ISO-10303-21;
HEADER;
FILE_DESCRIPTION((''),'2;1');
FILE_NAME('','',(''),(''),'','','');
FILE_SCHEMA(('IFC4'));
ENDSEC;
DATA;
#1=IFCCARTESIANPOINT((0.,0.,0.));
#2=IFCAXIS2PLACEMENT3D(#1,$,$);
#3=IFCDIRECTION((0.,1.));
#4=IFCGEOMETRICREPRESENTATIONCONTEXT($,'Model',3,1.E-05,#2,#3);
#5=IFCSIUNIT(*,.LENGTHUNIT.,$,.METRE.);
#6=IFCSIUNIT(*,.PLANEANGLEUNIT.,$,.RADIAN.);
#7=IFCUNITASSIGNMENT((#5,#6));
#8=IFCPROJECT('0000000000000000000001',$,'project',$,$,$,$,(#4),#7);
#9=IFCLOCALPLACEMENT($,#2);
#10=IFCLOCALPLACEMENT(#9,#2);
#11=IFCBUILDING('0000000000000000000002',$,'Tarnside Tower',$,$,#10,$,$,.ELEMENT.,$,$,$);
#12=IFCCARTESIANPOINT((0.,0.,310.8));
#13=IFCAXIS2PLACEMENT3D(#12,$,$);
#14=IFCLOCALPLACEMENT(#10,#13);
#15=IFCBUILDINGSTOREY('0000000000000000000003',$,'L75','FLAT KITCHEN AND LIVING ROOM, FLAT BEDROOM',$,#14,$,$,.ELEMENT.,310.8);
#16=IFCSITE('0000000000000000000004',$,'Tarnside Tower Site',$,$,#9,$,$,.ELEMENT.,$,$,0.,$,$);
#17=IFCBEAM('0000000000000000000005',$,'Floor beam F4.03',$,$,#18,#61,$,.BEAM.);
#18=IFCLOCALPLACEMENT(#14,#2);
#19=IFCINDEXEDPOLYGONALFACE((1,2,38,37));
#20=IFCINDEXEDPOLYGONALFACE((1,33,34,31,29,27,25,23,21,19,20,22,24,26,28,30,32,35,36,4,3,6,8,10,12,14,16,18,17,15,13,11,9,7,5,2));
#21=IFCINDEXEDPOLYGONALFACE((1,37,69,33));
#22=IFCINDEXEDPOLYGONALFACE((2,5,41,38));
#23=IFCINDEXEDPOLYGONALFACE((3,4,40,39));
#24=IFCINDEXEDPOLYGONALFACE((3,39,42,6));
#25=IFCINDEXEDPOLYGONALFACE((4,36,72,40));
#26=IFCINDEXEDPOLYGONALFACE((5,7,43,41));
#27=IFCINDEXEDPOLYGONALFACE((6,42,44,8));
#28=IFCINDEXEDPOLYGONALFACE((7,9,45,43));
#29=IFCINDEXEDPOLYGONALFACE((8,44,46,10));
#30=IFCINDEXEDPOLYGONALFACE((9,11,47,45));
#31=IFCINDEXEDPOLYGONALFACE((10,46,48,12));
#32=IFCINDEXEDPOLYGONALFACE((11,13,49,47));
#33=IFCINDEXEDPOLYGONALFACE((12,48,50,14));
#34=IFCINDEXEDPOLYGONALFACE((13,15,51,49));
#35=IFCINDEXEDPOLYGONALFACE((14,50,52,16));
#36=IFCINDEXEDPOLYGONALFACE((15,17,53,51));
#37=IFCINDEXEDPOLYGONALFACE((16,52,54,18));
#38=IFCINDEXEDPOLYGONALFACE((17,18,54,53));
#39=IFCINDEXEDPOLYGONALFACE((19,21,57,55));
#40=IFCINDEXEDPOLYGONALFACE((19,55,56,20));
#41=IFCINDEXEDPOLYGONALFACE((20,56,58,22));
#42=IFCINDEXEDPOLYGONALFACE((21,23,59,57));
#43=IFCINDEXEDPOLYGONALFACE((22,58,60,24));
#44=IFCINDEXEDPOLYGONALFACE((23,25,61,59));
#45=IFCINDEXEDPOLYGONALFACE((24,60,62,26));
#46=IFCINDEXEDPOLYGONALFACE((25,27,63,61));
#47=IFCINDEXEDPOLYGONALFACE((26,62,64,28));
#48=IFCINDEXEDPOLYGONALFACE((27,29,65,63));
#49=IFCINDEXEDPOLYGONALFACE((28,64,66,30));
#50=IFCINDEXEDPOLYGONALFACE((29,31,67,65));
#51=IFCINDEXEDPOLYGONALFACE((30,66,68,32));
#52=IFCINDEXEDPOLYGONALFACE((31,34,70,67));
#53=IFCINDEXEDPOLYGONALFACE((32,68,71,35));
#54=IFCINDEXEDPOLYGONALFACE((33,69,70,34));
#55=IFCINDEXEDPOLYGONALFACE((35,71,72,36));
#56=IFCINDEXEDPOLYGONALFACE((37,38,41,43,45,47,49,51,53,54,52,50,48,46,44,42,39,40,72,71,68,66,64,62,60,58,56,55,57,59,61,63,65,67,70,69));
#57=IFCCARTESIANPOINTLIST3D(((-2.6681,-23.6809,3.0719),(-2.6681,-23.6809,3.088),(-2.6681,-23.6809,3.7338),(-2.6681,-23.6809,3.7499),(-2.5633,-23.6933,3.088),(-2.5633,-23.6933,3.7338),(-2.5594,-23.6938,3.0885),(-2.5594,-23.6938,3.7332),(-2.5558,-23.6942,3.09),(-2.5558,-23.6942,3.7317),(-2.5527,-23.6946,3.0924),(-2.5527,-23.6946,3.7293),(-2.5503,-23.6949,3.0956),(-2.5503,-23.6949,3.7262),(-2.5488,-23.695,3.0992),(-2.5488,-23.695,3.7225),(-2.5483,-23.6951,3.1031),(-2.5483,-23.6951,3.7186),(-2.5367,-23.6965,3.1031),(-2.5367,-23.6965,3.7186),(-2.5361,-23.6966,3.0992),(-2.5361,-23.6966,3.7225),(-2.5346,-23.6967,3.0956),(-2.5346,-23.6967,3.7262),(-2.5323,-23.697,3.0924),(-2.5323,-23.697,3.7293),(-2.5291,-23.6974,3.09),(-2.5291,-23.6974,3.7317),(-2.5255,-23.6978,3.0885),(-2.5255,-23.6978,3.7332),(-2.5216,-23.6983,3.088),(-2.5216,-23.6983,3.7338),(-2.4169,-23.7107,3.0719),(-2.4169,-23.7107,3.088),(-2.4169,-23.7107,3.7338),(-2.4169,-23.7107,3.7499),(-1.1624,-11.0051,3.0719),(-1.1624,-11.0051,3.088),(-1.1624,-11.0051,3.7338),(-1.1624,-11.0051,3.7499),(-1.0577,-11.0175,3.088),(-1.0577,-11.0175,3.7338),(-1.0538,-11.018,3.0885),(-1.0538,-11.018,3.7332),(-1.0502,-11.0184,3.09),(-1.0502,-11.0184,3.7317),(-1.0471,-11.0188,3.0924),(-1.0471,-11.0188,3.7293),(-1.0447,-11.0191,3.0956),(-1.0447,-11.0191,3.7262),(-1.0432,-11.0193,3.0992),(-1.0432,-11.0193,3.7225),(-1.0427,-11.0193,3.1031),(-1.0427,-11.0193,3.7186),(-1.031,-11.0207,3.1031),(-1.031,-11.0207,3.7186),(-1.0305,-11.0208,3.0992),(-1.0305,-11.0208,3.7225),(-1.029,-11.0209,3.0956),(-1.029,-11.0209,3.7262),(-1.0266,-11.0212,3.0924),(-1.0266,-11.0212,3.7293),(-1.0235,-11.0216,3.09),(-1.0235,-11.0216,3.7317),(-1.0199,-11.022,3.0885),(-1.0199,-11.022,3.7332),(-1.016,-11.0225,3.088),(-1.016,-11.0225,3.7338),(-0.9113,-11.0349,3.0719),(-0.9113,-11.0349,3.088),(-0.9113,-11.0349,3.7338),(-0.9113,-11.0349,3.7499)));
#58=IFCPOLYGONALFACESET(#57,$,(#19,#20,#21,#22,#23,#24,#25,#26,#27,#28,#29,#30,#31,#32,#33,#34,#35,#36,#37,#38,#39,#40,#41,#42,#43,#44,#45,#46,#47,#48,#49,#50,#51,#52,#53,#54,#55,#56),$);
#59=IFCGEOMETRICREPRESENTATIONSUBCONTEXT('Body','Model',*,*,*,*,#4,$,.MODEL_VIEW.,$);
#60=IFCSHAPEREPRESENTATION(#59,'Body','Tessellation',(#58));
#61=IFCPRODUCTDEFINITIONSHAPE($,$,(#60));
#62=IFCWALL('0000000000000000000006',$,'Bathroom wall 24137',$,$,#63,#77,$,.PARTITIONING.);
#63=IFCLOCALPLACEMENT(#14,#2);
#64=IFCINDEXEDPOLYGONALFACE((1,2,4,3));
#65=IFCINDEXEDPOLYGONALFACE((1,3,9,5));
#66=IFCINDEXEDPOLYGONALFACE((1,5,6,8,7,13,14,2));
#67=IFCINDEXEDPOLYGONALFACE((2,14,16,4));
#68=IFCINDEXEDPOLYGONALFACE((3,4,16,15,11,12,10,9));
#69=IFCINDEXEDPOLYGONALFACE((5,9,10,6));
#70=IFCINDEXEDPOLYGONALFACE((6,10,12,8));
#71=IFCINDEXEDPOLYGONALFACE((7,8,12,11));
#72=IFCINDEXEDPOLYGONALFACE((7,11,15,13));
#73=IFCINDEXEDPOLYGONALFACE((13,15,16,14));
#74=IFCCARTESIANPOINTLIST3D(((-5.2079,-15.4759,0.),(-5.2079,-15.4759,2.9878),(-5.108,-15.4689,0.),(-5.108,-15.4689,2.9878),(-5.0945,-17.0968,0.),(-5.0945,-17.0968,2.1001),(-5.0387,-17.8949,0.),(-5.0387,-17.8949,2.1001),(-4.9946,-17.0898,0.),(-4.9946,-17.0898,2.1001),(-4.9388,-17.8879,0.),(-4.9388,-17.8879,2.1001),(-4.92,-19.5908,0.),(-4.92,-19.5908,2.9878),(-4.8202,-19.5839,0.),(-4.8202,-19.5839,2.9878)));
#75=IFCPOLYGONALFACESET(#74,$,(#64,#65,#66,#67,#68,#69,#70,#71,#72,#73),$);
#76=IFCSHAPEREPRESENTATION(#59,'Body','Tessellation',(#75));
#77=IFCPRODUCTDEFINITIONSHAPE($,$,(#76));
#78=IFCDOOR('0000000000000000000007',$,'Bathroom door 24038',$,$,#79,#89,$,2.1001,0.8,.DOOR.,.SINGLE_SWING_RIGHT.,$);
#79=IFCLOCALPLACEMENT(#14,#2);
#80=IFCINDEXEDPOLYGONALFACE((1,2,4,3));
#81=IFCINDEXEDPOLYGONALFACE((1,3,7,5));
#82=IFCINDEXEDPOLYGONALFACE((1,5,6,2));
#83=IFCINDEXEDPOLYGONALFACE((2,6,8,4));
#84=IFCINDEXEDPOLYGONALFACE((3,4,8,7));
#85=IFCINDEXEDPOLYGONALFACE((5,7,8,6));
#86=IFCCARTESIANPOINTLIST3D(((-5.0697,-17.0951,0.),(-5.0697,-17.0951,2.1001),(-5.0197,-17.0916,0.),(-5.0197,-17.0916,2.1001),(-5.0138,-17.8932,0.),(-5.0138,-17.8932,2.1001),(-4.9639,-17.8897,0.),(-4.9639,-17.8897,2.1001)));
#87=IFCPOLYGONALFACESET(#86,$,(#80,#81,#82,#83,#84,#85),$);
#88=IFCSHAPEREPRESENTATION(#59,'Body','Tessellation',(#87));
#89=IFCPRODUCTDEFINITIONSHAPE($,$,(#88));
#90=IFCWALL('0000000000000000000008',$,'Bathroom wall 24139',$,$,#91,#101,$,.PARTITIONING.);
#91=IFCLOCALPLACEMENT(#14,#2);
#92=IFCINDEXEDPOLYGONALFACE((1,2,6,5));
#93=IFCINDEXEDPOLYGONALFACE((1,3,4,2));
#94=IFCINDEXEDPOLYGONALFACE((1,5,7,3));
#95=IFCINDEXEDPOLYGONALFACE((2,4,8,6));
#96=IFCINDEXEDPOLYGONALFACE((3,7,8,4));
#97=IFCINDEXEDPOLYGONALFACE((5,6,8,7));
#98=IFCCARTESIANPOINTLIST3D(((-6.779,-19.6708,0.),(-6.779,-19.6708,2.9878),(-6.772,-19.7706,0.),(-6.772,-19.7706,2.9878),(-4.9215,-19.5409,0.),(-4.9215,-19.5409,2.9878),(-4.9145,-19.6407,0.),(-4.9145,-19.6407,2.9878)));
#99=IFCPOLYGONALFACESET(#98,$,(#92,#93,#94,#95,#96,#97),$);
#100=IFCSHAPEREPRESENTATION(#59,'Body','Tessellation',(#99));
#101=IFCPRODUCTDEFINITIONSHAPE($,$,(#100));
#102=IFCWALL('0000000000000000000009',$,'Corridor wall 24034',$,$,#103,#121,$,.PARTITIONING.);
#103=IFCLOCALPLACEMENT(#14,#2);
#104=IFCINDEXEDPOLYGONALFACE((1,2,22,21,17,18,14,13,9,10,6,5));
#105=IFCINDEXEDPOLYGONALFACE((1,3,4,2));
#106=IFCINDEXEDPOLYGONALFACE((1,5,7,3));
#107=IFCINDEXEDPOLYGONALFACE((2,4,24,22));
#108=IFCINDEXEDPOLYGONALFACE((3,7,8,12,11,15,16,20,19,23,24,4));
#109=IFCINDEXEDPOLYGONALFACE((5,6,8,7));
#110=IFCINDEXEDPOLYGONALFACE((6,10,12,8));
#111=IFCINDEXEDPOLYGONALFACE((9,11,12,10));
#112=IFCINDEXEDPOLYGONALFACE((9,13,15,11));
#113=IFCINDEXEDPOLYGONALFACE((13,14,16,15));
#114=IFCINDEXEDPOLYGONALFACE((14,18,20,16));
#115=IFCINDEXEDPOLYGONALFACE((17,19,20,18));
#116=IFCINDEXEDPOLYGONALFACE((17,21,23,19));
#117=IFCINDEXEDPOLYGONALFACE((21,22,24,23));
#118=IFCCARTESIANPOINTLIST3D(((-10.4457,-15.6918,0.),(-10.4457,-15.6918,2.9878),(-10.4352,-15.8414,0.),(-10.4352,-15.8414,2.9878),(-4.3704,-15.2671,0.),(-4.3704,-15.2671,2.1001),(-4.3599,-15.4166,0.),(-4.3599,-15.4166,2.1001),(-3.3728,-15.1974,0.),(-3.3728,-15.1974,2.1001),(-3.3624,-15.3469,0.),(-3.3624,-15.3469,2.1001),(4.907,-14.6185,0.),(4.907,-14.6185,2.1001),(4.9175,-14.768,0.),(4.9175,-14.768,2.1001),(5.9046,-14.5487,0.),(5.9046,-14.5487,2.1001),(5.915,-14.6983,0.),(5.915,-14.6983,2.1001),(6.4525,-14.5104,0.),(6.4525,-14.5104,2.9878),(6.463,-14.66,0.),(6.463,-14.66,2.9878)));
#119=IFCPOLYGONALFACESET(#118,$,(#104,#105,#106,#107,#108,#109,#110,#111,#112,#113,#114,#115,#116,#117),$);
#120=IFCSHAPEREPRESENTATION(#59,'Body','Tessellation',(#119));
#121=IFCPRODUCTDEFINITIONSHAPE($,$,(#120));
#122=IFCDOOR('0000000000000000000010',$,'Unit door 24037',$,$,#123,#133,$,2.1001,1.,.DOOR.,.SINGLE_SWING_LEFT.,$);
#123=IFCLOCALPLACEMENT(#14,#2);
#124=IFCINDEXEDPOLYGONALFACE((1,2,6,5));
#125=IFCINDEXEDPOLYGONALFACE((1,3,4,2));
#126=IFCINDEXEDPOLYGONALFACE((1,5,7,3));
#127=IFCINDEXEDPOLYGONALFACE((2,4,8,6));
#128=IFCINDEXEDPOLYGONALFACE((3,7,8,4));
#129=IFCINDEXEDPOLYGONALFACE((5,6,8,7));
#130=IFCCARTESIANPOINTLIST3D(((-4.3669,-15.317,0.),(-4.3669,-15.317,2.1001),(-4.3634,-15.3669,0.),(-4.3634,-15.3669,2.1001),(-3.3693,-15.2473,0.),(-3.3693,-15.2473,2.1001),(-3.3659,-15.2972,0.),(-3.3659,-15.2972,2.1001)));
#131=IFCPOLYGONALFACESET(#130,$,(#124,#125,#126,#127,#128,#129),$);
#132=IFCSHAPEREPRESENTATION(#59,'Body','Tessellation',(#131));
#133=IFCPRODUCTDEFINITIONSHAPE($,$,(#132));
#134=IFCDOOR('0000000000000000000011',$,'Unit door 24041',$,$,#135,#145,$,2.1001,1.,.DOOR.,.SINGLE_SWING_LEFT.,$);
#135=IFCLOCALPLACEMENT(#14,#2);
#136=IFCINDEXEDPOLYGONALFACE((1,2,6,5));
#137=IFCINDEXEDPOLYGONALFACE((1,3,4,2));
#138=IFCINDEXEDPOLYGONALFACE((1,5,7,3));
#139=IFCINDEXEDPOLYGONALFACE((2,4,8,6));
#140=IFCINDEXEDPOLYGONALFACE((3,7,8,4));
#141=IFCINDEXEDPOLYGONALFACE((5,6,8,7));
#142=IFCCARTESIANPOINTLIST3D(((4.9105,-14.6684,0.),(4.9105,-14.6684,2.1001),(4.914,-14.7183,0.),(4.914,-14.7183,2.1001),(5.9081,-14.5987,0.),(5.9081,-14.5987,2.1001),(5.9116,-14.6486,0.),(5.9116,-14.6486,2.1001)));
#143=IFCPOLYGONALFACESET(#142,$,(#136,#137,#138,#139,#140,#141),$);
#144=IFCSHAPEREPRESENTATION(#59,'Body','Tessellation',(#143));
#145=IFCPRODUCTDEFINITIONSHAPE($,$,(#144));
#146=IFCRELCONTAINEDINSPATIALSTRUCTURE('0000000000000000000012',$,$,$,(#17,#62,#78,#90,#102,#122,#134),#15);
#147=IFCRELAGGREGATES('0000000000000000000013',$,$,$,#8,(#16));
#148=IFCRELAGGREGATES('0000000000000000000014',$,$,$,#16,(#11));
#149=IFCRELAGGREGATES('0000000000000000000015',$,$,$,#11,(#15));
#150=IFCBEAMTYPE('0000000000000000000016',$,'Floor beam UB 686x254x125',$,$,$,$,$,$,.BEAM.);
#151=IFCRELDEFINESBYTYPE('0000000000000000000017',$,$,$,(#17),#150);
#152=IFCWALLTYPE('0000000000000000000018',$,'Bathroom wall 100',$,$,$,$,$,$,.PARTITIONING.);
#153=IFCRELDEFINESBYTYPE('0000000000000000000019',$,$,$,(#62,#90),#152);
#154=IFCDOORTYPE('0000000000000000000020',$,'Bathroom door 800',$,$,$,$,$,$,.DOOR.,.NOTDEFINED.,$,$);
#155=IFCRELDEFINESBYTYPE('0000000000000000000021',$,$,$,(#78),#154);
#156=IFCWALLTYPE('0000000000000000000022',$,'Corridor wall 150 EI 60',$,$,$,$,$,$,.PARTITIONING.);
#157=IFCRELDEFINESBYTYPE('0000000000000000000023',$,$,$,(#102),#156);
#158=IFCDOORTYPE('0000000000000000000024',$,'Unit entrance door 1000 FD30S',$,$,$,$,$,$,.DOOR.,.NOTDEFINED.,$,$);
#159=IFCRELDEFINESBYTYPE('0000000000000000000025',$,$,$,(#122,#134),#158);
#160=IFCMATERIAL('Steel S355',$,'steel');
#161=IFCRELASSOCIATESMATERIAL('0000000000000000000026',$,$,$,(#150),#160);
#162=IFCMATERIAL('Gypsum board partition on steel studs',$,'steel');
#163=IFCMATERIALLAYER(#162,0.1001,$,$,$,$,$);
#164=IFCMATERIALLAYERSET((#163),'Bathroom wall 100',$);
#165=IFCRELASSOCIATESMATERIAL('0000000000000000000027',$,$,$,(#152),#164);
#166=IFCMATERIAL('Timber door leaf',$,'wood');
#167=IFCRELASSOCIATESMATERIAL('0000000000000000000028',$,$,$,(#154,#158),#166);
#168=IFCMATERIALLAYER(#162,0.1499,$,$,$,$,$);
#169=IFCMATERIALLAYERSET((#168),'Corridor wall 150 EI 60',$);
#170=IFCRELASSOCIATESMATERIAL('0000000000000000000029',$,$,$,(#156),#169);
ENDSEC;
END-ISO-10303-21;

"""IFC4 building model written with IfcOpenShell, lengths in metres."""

from ifc_helpers import new_model, si_unit, direction, frame, frame_2d, origin, origin_2d, place, context, subcontext, project, spatial, rectangle, i_section, extrude, material, layer, layer_set, material_profile, profile_set, type_object, element, fill, save


model = new_model("IFC4")

# Units and contexts
model_context = context("Model", 3, precision=1e-05, world=origin(), true_north=direction((0.0, 1.0)))
body_context = subcontext(model_context, "Body", "Model", "MODEL_VIEW")
ifc_project = project(units=[si_unit("LENGTHUNIT", "METRE"), si_unit("PLANEANGLEUNIT", "RADIAN")], contexts=[model_context])

# Site, building, storey
site_placement = place(None, origin())
site = spatial("IfcSite", under=ifc_project, at=site_placement, Name="Tarnside Tower Site", CompositionType="ELEMENT", RefElevation=0.0)
building_placement = place(site_placement, origin())
building = spatial("IfcBuilding", under=site, at=building_placement, Name="Tarnside Tower", CompositionType="ELEMENT")
storey_placement = place(building_placement, frame((0.0, 0.0, 310.8)))
storey = spatial("IfcBuildingStorey", under=building, at=storey_placement, Name="L75", Description="FLAT KITCHEN AND LIVING ROOM, FLAT BEDROOM", CompositionType="ELEMENT", Elevation=310.8)

# Beam
ifc_material_1 = material(Name="Steel S355", Category="steel")
ifc_material_profile = material_profile(ifc_material_1, i_section(OverallWidth=0.2529, OverallDepth=0.678, WebThickness=0.0117, FlangeThickness=0.0161, FilletRadius=0.0151, at=origin_2d()), Name="UB 686x254x125")
ifc_profile_set = profile_set([ifc_material_profile], Name="Steel S355")
beam_type = type_object("IfcBeamType", Name="Floor beam UB 686x254x125", PredefinedType="BEAM", material=ifc_profile_set)
beam_placement = place(storey_placement, frame((-2.5425, -23.6958, 3.4109), z_axis=(0.11795, 0.99302, 0.0), x_axis=(-0.99302, 0.11795, 0.0)))
element("IfcBeam", 1, at=beam_placement, inside=storey, type_object=beam_type, Name="Floor beam F4.03", PredefinedType="BEAM", context=body_context, shape_type="SweptSolid", body=[
    extrude(i_section(OverallWidth=0.2529, OverallDepth=0.678, WebThickness=0.0117, FlangeThickness=0.0161, FilletRadius=0.0151, at=origin_2d()), origin(), (0.0, 0.0, 1.0), 12.7649),
])

# Wall, opening, door
ifc_material_2 = material(Name="Gypsum board partition on steel studs", Category="steel")
ifc_layer_1 = layer(ifc_material_2, 0.1001)
ifc_layer_set_1 = layer_set([ifc_layer_1], Name="Bathroom wall 100")
wall_type_1 = type_object("IfcWallType", Name="Bathroom wall 100", PredefinedType="PARTITIONING", material=ifc_layer_set_1)
wall_1_placement = place(storey_placement, frame((-5.158, -15.4724, 0.0), z_axis=(0.0, 0.0, 1.0), x_axis=(0.069779, -0.997562, 0.0)))
wall_1 = element("IfcWall", 2, at=wall_1_placement, inside=storey, type_object=wall_type_1, Name="Bathroom wall 24137", PredefinedType="PARTITIONING", context=body_context, shape_type="SweptSolid", body=[
    extrude(rectangle(XDim=4.125, YDim=0.1001, at=frame_2d((2.0625, 0.0))), origin(), (0.0, 0.0, 1.0), 2.9878),
])
opening_1_placement = place(wall_1_placement, frame((1.625, 0.0, 0.0)))
opening_1 = element("IfcOpeningElement", 3, at=opening_1_placement, cuts=wall_1, PredefinedType="OPENING", context=body_context, shape_type="SweptSolid", body=[
    extrude(rectangle(XDim=0.8, YDim=2.1001, at=frame_2d((0.3999, 1.05))), frame((0.0, 0.0601, 0.0), z_axis=(0.0, -1.0, 0.0), x_axis=(1.0, 0.0, 0.0)), (0.0, 0.0, 1.0), 0.1201),
])
ifc_material_3 = material(Name="Timber door leaf", Category="wood")
door_type_1 = type_object("IfcDoorType", Name="Bathroom door 800", OperationType="NOTDEFINED", PredefinedType="DOOR", material=ifc_material_3)
door_1_placement = place(opening_1_placement, origin())
door_1 = element("IfcDoor", 4, at=door_1_placement, inside=storey, type_object=door_type_1, Name="Bathroom door 24038", OperationType="SINGLE_SWING_RIGHT", OverallHeight=2.1001, OverallWidth=0.8, PredefinedType="DOOR", context=body_context, shape_type="SweptSolid", body=[
    extrude(rectangle(XDim=0.8, YDim=2.1001, at=frame_2d((0.3999, 1.05))), frame((0.0, 0.0249, 0.0), z_axis=(0.0, -1.0, 0.0), x_axis=(1.0, 0.0, 0.0)), (0.0, 0.0, 1.0), 0.05),
])
fill(opening_1, door_1)

# Wall
wall_2_placement = place(storey_placement, frame((-6.7756, -19.7207, 0.0), z_axis=(0.0, 0.0, 1.0), x_axis=(0.997564, 0.069756, 0.0)))
element("IfcWall", 5, at=wall_2_placement, inside=storey, type_object=wall_type_1, Name="Bathroom wall 24139", PredefinedType="PARTITIONING", context=body_context, shape_type="SweptSolid", body=[
    extrude(rectangle(XDim=1.8621, YDim=0.1001, at=frame_2d((0.9312, 0.0))), origin(), (0.0, 0.0, 1.0), 2.9878),
])

# Wall, openings, doors
ifc_layer_2 = layer(ifc_material_2, 0.1499)
ifc_layer_set_2 = layer_set([ifc_layer_2], Name="Corridor wall 150 EI 60")
wall_type_2 = type_object("IfcWallType", Name="Corridor wall 150 EI 60", PredefinedType="PARTITIONING", material=ifc_layer_set_2)
wall_3_placement = place(storey_placement, frame((-10.4404, -15.7666, 0.0), z_axis=(0.0, 0.0, 1.0), x_axis=(0.997565, 0.069742, 0.0)))
wall_3 = element("IfcWall", 6, at=wall_3_placement, inside=storey, type_object=wall_type_2, Name="Corridor wall 24034", PredefinedType="PARTITIONING", context=body_context, shape_type="SweptSolid", body=[
    extrude(rectangle(XDim=16.9395, YDim=0.1499, at=frame_2d((8.4697, 0.0))), origin(), (0.0, 0.0, 1.0), 2.9878),
])
opening_2_placement = place(wall_3_placement, frame((6.0901, 0.0, 0.0)))
opening_2 = element("IfcOpeningElement", 7, at=opening_2_placement, cuts=wall_3, PredefinedType="OPENING", context=body_context, shape_type="SweptSolid", body=[
    extrude(rectangle(XDim=1.0, YDim=2.1001, at=frame_2d((0.5, 1.05))), frame((0.0, 0.085, 0.0), z_axis=(0.0, -1.0, 0.0), x_axis=(1.0, 0.0, 0.0)), (0.0, 0.0, 1.0), 0.1699),
])
opening_3_placement = place(wall_3_placement, frame((15.3901, 0.0, 0.0)))
opening_3 = element("IfcOpeningElement", 8, at=opening_3_placement, cuts=wall_3, PredefinedType="OPENING", context=body_context, shape_type="SweptSolid", body=[
    extrude(rectangle(XDim=1.0, YDim=2.1001, at=frame_2d((0.5, 1.05))), frame((0.0, 0.085, 0.0), z_axis=(0.0, -1.0, 0.0), x_axis=(1.0, 0.0, 0.0)), (0.0, 0.0, 1.0), 0.1699),
])
door_type_2 = type_object("IfcDoorType", Name="Unit entrance door 1000 FD30S", OperationType="NOTDEFINED", PredefinedType="DOOR", material=ifc_material_3)
door_2_placement = place(opening_2_placement, origin())
door_2 = element("IfcDoor", 9, at=door_2_placement, inside=storey, type_object=door_type_2, Name="Unit door 24037", OperationType="SINGLE_SWING_LEFT", OverallHeight=2.1001, OverallWidth=1.0, PredefinedType="DOOR", context=body_context, shape_type="SweptSolid", body=[
    extrude(rectangle(XDim=1.0, YDim=2.1001, at=frame_2d((0.5, 1.05))), frame((0.0, 0.0249, 0.0), z_axis=(0.0, -1.0, 0.0), x_axis=(1.0, 0.0, 0.0)), (0.0, 0.0, 1.0), 0.05),
])
fill(opening_2, door_2)
door_3_placement = place(opening_3_placement, origin())
door_3 = element("IfcDoor", 10, at=door_3_placement, inside=storey, type_object=door_type_2, Name="Unit door 24041", OperationType="SINGLE_SWING_LEFT", OverallHeight=2.1001, OverallWidth=1.0, PredefinedType="DOOR", context=body_context, shape_type="SweptSolid", body=[
    extrude(rectangle(XDim=1.0, YDim=2.1001, at=frame_2d((0.5, 1.05))), frame((0.0, 0.0249, 0.0), z_axis=(0.0, -1.0, 0.0), x_axis=(1.0, 0.0, 0.0)), (0.0, 0.0, 1.0), 0.05),
])
fill(opening_3, door_3)

save(model, "model.ifc")
